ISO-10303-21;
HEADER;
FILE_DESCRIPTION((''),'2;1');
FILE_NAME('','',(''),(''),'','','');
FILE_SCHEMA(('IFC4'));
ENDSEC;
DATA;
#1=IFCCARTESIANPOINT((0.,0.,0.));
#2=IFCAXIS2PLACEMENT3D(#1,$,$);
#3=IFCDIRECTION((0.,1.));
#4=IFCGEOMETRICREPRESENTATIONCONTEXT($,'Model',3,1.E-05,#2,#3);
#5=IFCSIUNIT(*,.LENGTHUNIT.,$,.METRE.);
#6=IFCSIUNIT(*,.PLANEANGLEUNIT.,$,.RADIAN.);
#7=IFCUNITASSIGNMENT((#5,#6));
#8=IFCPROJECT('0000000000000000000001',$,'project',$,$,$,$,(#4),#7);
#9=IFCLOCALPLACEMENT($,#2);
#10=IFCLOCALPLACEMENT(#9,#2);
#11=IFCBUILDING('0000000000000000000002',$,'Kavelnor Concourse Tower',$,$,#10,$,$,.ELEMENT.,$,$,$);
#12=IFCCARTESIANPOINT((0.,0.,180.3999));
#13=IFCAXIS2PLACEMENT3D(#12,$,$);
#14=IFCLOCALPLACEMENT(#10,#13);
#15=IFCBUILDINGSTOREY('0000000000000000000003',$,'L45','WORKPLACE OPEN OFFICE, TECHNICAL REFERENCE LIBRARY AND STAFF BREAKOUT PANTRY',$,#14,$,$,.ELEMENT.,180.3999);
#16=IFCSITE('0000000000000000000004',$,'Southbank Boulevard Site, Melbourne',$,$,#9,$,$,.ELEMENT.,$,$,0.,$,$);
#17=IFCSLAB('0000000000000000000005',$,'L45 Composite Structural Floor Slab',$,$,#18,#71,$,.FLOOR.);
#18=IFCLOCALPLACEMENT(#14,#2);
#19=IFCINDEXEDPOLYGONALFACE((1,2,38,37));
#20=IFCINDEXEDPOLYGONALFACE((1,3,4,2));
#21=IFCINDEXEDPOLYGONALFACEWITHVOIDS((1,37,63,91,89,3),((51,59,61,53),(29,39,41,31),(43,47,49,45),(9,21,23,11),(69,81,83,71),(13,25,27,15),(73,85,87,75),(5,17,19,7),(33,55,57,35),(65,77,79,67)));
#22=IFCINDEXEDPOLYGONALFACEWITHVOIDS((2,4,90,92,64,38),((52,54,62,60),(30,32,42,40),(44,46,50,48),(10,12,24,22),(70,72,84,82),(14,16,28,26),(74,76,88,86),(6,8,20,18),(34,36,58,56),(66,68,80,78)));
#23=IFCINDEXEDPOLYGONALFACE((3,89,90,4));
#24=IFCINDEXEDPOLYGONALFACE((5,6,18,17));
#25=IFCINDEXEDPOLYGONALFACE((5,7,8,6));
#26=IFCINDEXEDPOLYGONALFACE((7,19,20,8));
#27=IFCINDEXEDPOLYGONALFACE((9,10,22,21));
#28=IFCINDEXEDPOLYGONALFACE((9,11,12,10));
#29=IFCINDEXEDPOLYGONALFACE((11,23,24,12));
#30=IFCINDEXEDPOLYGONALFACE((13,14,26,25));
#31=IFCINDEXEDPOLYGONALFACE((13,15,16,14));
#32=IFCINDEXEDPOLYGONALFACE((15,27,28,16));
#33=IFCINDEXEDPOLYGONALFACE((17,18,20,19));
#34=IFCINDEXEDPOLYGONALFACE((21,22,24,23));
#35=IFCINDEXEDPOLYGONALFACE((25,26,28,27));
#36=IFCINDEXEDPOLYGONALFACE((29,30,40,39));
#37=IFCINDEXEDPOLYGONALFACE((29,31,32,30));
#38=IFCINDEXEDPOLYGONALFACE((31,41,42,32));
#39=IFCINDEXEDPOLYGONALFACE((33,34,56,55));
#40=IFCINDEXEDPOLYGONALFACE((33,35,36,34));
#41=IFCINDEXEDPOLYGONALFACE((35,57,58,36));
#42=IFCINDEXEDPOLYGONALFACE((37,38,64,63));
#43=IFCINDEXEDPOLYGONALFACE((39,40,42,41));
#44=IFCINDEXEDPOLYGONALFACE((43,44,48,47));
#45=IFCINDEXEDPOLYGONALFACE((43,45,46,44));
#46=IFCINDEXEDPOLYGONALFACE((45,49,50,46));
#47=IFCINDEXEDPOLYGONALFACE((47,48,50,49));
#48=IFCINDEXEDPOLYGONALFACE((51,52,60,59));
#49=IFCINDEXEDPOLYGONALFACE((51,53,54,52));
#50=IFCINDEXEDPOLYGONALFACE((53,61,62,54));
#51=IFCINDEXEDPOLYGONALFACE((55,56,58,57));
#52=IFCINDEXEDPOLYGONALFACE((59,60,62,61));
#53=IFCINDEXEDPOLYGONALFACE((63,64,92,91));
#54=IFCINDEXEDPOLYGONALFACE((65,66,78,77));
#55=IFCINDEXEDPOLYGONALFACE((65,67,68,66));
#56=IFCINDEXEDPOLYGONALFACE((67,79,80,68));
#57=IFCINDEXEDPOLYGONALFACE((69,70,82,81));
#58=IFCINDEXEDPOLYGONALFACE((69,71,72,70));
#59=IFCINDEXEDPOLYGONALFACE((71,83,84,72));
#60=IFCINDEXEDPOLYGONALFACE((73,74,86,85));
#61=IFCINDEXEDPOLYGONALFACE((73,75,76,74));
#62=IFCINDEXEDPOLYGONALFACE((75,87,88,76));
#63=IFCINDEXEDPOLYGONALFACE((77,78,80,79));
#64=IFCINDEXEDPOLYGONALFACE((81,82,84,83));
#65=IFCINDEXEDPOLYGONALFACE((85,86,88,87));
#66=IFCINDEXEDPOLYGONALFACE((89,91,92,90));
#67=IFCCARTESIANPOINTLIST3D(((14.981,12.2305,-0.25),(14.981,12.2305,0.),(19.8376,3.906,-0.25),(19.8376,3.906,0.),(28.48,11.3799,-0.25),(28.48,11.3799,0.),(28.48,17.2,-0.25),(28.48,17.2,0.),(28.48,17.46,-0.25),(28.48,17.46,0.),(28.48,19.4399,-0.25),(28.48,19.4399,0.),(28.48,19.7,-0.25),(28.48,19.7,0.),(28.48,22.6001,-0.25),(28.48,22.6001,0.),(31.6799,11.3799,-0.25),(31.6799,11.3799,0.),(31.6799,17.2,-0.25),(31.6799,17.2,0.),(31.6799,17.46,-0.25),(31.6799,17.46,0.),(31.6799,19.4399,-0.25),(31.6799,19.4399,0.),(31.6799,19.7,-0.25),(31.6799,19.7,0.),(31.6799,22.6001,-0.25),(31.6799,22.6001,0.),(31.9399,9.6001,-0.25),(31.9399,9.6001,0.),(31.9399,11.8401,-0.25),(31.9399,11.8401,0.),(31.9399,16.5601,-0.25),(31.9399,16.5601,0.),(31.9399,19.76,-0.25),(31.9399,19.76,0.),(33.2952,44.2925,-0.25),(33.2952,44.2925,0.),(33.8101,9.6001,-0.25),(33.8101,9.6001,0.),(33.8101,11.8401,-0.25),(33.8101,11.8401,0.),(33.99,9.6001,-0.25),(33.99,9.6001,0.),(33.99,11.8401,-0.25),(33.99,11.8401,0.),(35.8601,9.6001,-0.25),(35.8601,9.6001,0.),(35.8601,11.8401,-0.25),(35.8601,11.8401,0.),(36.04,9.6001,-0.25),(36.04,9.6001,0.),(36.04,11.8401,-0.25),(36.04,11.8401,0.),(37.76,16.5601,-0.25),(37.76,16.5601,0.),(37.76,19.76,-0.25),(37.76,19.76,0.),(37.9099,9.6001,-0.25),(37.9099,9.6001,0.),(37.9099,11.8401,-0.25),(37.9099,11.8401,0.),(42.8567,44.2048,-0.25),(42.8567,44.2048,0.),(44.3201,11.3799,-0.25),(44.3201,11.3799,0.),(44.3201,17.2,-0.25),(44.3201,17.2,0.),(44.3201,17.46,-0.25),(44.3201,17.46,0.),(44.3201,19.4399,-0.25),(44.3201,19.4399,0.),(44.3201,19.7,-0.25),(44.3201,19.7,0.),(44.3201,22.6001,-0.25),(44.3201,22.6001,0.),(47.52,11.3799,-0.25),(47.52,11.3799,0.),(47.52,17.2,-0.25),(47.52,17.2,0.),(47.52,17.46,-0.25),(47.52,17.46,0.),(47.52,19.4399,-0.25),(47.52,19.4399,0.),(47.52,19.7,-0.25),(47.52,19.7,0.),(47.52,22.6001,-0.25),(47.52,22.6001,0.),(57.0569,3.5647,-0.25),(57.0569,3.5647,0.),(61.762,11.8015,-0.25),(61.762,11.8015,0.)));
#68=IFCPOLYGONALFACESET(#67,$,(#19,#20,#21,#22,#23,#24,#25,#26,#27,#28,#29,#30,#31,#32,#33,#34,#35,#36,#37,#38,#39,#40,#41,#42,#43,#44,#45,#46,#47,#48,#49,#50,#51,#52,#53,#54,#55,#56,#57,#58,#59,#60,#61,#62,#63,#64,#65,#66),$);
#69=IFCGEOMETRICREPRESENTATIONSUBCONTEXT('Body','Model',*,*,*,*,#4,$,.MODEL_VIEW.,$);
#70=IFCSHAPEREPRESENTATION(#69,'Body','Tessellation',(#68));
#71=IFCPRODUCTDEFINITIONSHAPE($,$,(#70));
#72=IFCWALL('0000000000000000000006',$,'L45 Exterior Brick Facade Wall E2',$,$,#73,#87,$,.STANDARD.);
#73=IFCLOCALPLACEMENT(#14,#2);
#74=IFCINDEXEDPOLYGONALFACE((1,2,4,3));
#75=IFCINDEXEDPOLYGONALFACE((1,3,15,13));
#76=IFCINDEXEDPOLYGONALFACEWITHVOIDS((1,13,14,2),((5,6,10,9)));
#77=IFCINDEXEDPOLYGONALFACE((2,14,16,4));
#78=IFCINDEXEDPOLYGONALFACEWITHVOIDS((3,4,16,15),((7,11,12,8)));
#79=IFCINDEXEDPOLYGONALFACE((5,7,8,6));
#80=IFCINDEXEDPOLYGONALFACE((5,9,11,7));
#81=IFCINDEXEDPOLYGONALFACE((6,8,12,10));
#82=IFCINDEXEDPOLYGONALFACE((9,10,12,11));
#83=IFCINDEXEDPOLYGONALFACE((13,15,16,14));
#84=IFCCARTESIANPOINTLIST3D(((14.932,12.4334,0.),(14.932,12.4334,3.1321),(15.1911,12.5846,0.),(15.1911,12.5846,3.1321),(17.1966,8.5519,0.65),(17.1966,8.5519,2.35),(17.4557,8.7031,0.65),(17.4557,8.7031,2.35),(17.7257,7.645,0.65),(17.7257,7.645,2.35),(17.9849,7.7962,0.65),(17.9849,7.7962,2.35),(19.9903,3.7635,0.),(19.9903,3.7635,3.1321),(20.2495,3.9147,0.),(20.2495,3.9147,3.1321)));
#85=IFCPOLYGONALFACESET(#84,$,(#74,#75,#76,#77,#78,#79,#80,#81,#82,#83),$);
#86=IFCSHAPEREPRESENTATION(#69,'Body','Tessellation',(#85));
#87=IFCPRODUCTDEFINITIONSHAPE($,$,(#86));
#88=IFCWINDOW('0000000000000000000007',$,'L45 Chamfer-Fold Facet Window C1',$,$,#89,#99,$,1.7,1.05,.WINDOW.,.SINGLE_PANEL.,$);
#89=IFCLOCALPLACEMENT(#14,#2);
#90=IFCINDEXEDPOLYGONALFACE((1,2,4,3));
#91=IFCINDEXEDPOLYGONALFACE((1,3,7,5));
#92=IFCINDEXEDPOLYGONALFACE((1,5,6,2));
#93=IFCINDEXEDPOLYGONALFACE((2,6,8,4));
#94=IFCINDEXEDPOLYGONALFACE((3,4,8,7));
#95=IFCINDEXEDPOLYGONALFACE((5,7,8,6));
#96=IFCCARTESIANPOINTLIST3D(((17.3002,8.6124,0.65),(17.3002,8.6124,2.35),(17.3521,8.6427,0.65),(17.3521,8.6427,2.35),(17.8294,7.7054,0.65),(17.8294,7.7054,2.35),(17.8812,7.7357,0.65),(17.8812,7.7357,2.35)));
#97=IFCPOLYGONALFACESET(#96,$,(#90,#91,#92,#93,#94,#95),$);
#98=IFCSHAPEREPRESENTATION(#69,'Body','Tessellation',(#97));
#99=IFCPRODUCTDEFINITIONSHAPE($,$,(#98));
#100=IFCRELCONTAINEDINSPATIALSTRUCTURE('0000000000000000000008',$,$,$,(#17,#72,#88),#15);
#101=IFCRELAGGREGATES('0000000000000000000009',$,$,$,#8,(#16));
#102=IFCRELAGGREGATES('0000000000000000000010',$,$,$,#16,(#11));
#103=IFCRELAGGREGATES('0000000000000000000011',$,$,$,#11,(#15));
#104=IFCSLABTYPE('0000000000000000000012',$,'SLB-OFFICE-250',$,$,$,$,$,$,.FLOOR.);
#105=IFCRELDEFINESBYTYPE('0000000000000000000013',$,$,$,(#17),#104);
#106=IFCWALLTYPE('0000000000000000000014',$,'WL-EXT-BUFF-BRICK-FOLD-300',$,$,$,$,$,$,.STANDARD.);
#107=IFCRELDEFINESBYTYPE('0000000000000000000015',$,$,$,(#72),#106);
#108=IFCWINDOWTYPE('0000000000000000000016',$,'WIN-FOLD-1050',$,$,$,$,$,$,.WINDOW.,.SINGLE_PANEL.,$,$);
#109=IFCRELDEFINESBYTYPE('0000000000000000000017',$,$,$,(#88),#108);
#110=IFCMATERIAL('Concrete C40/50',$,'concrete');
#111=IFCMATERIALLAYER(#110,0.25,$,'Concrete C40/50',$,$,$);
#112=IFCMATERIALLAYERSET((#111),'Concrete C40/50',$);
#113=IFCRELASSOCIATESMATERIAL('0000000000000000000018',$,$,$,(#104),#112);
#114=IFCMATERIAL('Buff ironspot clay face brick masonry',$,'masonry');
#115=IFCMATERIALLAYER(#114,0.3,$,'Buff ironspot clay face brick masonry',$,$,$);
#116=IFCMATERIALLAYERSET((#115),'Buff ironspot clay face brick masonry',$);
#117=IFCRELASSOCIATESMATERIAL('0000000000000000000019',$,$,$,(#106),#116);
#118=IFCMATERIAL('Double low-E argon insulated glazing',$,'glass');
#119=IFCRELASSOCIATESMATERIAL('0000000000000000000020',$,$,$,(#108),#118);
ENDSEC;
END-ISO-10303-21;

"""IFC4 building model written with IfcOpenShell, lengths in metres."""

from ifc_helpers import new_model, si_unit, direction, frame, frame_2d, origin, place, context, subcontext, project, spatial, polyline, rectangle, outline, extrude, material, layer, layer_set, type_object, element, fill, save


model = new_model("IFC4")

# Units and contexts
model_context = context("Model", 3, precision=1e-05, world=origin(), true_north=direction((0.0, 1.0)))
body_context = subcontext(model_context, "Body", "Model", "MODEL_VIEW")
ifc_project = project(units=[si_unit("LENGTHUNIT", "METRE"), si_unit("PLANEANGLEUNIT", "RADIAN")], contexts=[model_context])

# Site, building, storey
site_placement = place(None, origin())
site = spatial("IfcSite", under=ifc_project, at=site_placement, Name="Southbank Boulevard Site, Melbourne", CompositionType="ELEMENT", RefElevation=0.0)
building_placement = place(site_placement, origin())
building = spatial("IfcBuilding", under=site, at=building_placement, Name="Kavelnor Concourse Tower", CompositionType="ELEMENT")
storey_placement = place(building_placement, frame((0.0, 0.0, 180.3999)))
storey = spatial("IfcBuildingStorey", under=building, at=storey_placement, Name="L45", Description="WORKPLACE OPEN OFFICE, TECHNICAL REFERENCE LIBRARY AND STAFF BREAKOUT PANTRY", CompositionType="ELEMENT", Elevation=180.3999)

# Shared definitions
ifc_material_1 = material(Name="Concrete C40/50", Category="concrete")

# Slab
ifc_layer_1 = layer(ifc_material_1, 0.25, Name="Concrete C40/50")
ifc_layer_set_1 = layer_set([ifc_layer_1], Name="Concrete C40/50")
slab_type_1 = type_object("IfcSlabType", Name="SLB-OFFICE-250", PredefinedType="FLOOR", material=ifc_layer_set_1)
slab_1_placement = place(storey_placement, frame((0.0, 0.0, -0.25)))
element("IfcSlab", 1, at=slab_1_placement, inside=storey, type_object=slab_type_1, Name="L45 Composite Structural Floor Slab", PredefinedType="FLOOR", context=body_context, shape_type="SweptSolid", body=[
    extrude(outline(polyline([(42.8567, 44.2048), (33.2952, 44.2925), (14.981, 12.2305), (19.8376, 3.906), (57.0569, 3.5647), (61.762, 11.8015), (42.8567, 44.2048)]), holes=[polyline([(28.48, 11.3799), (31.6799, 11.3799), (31.6799, 17.2), (28.48, 17.2), (28.48, 11.3799)]), polyline([(44.3201, 11.3799), (47.52, 11.3799), (47.52, 17.2), (44.3201, 17.2), (44.3201, 11.3799)]), polyline([(31.9399, 16.5601), (37.76, 16.5601), (37.76, 19.76), (31.9399, 19.76), (31.9399, 16.5601)]), polyline([(28.48, 19.7), (31.6799, 19.7), (31.6799, 22.6001), (28.48, 22.6001), (28.48, 19.7)]), polyline([(44.3201, 19.7), (47.52, 19.7), (47.52, 22.6001), (44.3201, 22.6001), (44.3201, 19.7)]), polyline([(31.9399, 9.6001), (33.8101, 9.6001), (33.8101, 11.8401), (31.9399, 11.8401), (31.9399, 9.6001)]), polyline([(33.99, 9.6001), (35.8601, 9.6001), (35.8601, 11.8401), (33.99, 11.8401), (33.99, 9.6001)]), polyline([(36.04, 9.6001), (37.9099, 9.6001), (37.9099, 11.8401), (36.04, 11.8401), (36.04, 9.6001)]), polyline([(28.48, 17.46), (31.6799, 17.46), (31.6799, 19.4399), (28.48, 19.4399), (28.48, 17.46)]), polyline([(44.3201, 17.46), (47.52, 17.46), (47.52, 19.4399), (44.3201, 19.4399), (44.3201, 17.46)])]), origin(), (0.0, 0.0, 1.0), 0.25),
])

# Wall, opening, window
ifc_material_2 = material(Name="Buff ironspot clay face brick masonry", Category="masonry")
ifc_layer_2 = layer(ifc_material_2, 0.3, Name="Buff ironspot clay face brick masonry")
ifc_layer_set_2 = layer_set([ifc_layer_2], Name="Buff ironspot clay face brick masonry")
wall_type_1 = type_object("IfcWallType", Name="WL-EXT-BUFF-BRICK-FOLD-300", PredefinedType="STANDARD", material=ifc_layer_set_2)
wall_1_placement = place(storey_placement, frame((20.1199, 3.8391, 0.0), z_axis=(0.0, 0.0, 1.0), x_axis=(-0.503938, 0.86374, 0.0)))
wall_1 = element("IfcWall", 2, at=wall_1_placement, inside=storey, type_object=wall_type_1, Name="L45 Exterior Brick Facade Wall E2", PredefinedType="STANDARD", context=body_context, shape_type="SweptSolid", body=[
    extrude(rectangle(XDim=10.0376, YDim=0.3, at=frame_2d((5.0188, 0.0))), origin(), (0.0, 0.0, 1.0), 3.1321),
])
opening_1_placement = place(wall_1_placement, frame((4.4939, 0.0, 0.6499)))
opening_1 = element("IfcOpeningElement", 3, at=opening_1_placement, cuts=wall_1, PredefinedType="OPENING", context=body_context, shape_type="SweptSolid", body=[
    extrude(rectangle(XDim=1.05, YDim=1.7, at=frame_2d((0.5249, 0.8501))), frame((0.0, 0.1602, 0.0), z_axis=(0.0, -1.0, 0.0), x_axis=(1.0, 0.0, 0.0)), (0.0, 0.0, 1.0), 0.3201),
])
ifc_material_3 = material(Name="Double low-E argon insulated glazing", Category="glass")
window_type_1 = type_object("IfcWindowType", Name="WIN-FOLD-1050", PartitioningType="SINGLE_PANEL", PredefinedType="WINDOW", material=ifc_material_3)
window_1_placement = place(opening_1_placement, origin())
window_1 = element("IfcWindow", 4, at=window_1_placement, inside=storey, type_object=window_type_1, Name="L45 Chamfer-Fold Facet Window C1", OverallHeight=1.7, OverallWidth=1.05, PartitioningType="SINGLE_PANEL", PredefinedType="WINDOW", context=body_context, shape_type="SweptSolid", body=[
    extrude(rectangle(XDim=1.05, YDim=1.7, at=frame_2d((0.5249, 0.8501))), frame((0.0, 0.03, 0.0), z_axis=(0.0, -1.0, 0.0), x_axis=(1.0, 0.0, 0.0)), (0.0, 0.0, 1.0), 0.0601),
])
fill(opening_1, window_1)

save(model, "model.ifc")
